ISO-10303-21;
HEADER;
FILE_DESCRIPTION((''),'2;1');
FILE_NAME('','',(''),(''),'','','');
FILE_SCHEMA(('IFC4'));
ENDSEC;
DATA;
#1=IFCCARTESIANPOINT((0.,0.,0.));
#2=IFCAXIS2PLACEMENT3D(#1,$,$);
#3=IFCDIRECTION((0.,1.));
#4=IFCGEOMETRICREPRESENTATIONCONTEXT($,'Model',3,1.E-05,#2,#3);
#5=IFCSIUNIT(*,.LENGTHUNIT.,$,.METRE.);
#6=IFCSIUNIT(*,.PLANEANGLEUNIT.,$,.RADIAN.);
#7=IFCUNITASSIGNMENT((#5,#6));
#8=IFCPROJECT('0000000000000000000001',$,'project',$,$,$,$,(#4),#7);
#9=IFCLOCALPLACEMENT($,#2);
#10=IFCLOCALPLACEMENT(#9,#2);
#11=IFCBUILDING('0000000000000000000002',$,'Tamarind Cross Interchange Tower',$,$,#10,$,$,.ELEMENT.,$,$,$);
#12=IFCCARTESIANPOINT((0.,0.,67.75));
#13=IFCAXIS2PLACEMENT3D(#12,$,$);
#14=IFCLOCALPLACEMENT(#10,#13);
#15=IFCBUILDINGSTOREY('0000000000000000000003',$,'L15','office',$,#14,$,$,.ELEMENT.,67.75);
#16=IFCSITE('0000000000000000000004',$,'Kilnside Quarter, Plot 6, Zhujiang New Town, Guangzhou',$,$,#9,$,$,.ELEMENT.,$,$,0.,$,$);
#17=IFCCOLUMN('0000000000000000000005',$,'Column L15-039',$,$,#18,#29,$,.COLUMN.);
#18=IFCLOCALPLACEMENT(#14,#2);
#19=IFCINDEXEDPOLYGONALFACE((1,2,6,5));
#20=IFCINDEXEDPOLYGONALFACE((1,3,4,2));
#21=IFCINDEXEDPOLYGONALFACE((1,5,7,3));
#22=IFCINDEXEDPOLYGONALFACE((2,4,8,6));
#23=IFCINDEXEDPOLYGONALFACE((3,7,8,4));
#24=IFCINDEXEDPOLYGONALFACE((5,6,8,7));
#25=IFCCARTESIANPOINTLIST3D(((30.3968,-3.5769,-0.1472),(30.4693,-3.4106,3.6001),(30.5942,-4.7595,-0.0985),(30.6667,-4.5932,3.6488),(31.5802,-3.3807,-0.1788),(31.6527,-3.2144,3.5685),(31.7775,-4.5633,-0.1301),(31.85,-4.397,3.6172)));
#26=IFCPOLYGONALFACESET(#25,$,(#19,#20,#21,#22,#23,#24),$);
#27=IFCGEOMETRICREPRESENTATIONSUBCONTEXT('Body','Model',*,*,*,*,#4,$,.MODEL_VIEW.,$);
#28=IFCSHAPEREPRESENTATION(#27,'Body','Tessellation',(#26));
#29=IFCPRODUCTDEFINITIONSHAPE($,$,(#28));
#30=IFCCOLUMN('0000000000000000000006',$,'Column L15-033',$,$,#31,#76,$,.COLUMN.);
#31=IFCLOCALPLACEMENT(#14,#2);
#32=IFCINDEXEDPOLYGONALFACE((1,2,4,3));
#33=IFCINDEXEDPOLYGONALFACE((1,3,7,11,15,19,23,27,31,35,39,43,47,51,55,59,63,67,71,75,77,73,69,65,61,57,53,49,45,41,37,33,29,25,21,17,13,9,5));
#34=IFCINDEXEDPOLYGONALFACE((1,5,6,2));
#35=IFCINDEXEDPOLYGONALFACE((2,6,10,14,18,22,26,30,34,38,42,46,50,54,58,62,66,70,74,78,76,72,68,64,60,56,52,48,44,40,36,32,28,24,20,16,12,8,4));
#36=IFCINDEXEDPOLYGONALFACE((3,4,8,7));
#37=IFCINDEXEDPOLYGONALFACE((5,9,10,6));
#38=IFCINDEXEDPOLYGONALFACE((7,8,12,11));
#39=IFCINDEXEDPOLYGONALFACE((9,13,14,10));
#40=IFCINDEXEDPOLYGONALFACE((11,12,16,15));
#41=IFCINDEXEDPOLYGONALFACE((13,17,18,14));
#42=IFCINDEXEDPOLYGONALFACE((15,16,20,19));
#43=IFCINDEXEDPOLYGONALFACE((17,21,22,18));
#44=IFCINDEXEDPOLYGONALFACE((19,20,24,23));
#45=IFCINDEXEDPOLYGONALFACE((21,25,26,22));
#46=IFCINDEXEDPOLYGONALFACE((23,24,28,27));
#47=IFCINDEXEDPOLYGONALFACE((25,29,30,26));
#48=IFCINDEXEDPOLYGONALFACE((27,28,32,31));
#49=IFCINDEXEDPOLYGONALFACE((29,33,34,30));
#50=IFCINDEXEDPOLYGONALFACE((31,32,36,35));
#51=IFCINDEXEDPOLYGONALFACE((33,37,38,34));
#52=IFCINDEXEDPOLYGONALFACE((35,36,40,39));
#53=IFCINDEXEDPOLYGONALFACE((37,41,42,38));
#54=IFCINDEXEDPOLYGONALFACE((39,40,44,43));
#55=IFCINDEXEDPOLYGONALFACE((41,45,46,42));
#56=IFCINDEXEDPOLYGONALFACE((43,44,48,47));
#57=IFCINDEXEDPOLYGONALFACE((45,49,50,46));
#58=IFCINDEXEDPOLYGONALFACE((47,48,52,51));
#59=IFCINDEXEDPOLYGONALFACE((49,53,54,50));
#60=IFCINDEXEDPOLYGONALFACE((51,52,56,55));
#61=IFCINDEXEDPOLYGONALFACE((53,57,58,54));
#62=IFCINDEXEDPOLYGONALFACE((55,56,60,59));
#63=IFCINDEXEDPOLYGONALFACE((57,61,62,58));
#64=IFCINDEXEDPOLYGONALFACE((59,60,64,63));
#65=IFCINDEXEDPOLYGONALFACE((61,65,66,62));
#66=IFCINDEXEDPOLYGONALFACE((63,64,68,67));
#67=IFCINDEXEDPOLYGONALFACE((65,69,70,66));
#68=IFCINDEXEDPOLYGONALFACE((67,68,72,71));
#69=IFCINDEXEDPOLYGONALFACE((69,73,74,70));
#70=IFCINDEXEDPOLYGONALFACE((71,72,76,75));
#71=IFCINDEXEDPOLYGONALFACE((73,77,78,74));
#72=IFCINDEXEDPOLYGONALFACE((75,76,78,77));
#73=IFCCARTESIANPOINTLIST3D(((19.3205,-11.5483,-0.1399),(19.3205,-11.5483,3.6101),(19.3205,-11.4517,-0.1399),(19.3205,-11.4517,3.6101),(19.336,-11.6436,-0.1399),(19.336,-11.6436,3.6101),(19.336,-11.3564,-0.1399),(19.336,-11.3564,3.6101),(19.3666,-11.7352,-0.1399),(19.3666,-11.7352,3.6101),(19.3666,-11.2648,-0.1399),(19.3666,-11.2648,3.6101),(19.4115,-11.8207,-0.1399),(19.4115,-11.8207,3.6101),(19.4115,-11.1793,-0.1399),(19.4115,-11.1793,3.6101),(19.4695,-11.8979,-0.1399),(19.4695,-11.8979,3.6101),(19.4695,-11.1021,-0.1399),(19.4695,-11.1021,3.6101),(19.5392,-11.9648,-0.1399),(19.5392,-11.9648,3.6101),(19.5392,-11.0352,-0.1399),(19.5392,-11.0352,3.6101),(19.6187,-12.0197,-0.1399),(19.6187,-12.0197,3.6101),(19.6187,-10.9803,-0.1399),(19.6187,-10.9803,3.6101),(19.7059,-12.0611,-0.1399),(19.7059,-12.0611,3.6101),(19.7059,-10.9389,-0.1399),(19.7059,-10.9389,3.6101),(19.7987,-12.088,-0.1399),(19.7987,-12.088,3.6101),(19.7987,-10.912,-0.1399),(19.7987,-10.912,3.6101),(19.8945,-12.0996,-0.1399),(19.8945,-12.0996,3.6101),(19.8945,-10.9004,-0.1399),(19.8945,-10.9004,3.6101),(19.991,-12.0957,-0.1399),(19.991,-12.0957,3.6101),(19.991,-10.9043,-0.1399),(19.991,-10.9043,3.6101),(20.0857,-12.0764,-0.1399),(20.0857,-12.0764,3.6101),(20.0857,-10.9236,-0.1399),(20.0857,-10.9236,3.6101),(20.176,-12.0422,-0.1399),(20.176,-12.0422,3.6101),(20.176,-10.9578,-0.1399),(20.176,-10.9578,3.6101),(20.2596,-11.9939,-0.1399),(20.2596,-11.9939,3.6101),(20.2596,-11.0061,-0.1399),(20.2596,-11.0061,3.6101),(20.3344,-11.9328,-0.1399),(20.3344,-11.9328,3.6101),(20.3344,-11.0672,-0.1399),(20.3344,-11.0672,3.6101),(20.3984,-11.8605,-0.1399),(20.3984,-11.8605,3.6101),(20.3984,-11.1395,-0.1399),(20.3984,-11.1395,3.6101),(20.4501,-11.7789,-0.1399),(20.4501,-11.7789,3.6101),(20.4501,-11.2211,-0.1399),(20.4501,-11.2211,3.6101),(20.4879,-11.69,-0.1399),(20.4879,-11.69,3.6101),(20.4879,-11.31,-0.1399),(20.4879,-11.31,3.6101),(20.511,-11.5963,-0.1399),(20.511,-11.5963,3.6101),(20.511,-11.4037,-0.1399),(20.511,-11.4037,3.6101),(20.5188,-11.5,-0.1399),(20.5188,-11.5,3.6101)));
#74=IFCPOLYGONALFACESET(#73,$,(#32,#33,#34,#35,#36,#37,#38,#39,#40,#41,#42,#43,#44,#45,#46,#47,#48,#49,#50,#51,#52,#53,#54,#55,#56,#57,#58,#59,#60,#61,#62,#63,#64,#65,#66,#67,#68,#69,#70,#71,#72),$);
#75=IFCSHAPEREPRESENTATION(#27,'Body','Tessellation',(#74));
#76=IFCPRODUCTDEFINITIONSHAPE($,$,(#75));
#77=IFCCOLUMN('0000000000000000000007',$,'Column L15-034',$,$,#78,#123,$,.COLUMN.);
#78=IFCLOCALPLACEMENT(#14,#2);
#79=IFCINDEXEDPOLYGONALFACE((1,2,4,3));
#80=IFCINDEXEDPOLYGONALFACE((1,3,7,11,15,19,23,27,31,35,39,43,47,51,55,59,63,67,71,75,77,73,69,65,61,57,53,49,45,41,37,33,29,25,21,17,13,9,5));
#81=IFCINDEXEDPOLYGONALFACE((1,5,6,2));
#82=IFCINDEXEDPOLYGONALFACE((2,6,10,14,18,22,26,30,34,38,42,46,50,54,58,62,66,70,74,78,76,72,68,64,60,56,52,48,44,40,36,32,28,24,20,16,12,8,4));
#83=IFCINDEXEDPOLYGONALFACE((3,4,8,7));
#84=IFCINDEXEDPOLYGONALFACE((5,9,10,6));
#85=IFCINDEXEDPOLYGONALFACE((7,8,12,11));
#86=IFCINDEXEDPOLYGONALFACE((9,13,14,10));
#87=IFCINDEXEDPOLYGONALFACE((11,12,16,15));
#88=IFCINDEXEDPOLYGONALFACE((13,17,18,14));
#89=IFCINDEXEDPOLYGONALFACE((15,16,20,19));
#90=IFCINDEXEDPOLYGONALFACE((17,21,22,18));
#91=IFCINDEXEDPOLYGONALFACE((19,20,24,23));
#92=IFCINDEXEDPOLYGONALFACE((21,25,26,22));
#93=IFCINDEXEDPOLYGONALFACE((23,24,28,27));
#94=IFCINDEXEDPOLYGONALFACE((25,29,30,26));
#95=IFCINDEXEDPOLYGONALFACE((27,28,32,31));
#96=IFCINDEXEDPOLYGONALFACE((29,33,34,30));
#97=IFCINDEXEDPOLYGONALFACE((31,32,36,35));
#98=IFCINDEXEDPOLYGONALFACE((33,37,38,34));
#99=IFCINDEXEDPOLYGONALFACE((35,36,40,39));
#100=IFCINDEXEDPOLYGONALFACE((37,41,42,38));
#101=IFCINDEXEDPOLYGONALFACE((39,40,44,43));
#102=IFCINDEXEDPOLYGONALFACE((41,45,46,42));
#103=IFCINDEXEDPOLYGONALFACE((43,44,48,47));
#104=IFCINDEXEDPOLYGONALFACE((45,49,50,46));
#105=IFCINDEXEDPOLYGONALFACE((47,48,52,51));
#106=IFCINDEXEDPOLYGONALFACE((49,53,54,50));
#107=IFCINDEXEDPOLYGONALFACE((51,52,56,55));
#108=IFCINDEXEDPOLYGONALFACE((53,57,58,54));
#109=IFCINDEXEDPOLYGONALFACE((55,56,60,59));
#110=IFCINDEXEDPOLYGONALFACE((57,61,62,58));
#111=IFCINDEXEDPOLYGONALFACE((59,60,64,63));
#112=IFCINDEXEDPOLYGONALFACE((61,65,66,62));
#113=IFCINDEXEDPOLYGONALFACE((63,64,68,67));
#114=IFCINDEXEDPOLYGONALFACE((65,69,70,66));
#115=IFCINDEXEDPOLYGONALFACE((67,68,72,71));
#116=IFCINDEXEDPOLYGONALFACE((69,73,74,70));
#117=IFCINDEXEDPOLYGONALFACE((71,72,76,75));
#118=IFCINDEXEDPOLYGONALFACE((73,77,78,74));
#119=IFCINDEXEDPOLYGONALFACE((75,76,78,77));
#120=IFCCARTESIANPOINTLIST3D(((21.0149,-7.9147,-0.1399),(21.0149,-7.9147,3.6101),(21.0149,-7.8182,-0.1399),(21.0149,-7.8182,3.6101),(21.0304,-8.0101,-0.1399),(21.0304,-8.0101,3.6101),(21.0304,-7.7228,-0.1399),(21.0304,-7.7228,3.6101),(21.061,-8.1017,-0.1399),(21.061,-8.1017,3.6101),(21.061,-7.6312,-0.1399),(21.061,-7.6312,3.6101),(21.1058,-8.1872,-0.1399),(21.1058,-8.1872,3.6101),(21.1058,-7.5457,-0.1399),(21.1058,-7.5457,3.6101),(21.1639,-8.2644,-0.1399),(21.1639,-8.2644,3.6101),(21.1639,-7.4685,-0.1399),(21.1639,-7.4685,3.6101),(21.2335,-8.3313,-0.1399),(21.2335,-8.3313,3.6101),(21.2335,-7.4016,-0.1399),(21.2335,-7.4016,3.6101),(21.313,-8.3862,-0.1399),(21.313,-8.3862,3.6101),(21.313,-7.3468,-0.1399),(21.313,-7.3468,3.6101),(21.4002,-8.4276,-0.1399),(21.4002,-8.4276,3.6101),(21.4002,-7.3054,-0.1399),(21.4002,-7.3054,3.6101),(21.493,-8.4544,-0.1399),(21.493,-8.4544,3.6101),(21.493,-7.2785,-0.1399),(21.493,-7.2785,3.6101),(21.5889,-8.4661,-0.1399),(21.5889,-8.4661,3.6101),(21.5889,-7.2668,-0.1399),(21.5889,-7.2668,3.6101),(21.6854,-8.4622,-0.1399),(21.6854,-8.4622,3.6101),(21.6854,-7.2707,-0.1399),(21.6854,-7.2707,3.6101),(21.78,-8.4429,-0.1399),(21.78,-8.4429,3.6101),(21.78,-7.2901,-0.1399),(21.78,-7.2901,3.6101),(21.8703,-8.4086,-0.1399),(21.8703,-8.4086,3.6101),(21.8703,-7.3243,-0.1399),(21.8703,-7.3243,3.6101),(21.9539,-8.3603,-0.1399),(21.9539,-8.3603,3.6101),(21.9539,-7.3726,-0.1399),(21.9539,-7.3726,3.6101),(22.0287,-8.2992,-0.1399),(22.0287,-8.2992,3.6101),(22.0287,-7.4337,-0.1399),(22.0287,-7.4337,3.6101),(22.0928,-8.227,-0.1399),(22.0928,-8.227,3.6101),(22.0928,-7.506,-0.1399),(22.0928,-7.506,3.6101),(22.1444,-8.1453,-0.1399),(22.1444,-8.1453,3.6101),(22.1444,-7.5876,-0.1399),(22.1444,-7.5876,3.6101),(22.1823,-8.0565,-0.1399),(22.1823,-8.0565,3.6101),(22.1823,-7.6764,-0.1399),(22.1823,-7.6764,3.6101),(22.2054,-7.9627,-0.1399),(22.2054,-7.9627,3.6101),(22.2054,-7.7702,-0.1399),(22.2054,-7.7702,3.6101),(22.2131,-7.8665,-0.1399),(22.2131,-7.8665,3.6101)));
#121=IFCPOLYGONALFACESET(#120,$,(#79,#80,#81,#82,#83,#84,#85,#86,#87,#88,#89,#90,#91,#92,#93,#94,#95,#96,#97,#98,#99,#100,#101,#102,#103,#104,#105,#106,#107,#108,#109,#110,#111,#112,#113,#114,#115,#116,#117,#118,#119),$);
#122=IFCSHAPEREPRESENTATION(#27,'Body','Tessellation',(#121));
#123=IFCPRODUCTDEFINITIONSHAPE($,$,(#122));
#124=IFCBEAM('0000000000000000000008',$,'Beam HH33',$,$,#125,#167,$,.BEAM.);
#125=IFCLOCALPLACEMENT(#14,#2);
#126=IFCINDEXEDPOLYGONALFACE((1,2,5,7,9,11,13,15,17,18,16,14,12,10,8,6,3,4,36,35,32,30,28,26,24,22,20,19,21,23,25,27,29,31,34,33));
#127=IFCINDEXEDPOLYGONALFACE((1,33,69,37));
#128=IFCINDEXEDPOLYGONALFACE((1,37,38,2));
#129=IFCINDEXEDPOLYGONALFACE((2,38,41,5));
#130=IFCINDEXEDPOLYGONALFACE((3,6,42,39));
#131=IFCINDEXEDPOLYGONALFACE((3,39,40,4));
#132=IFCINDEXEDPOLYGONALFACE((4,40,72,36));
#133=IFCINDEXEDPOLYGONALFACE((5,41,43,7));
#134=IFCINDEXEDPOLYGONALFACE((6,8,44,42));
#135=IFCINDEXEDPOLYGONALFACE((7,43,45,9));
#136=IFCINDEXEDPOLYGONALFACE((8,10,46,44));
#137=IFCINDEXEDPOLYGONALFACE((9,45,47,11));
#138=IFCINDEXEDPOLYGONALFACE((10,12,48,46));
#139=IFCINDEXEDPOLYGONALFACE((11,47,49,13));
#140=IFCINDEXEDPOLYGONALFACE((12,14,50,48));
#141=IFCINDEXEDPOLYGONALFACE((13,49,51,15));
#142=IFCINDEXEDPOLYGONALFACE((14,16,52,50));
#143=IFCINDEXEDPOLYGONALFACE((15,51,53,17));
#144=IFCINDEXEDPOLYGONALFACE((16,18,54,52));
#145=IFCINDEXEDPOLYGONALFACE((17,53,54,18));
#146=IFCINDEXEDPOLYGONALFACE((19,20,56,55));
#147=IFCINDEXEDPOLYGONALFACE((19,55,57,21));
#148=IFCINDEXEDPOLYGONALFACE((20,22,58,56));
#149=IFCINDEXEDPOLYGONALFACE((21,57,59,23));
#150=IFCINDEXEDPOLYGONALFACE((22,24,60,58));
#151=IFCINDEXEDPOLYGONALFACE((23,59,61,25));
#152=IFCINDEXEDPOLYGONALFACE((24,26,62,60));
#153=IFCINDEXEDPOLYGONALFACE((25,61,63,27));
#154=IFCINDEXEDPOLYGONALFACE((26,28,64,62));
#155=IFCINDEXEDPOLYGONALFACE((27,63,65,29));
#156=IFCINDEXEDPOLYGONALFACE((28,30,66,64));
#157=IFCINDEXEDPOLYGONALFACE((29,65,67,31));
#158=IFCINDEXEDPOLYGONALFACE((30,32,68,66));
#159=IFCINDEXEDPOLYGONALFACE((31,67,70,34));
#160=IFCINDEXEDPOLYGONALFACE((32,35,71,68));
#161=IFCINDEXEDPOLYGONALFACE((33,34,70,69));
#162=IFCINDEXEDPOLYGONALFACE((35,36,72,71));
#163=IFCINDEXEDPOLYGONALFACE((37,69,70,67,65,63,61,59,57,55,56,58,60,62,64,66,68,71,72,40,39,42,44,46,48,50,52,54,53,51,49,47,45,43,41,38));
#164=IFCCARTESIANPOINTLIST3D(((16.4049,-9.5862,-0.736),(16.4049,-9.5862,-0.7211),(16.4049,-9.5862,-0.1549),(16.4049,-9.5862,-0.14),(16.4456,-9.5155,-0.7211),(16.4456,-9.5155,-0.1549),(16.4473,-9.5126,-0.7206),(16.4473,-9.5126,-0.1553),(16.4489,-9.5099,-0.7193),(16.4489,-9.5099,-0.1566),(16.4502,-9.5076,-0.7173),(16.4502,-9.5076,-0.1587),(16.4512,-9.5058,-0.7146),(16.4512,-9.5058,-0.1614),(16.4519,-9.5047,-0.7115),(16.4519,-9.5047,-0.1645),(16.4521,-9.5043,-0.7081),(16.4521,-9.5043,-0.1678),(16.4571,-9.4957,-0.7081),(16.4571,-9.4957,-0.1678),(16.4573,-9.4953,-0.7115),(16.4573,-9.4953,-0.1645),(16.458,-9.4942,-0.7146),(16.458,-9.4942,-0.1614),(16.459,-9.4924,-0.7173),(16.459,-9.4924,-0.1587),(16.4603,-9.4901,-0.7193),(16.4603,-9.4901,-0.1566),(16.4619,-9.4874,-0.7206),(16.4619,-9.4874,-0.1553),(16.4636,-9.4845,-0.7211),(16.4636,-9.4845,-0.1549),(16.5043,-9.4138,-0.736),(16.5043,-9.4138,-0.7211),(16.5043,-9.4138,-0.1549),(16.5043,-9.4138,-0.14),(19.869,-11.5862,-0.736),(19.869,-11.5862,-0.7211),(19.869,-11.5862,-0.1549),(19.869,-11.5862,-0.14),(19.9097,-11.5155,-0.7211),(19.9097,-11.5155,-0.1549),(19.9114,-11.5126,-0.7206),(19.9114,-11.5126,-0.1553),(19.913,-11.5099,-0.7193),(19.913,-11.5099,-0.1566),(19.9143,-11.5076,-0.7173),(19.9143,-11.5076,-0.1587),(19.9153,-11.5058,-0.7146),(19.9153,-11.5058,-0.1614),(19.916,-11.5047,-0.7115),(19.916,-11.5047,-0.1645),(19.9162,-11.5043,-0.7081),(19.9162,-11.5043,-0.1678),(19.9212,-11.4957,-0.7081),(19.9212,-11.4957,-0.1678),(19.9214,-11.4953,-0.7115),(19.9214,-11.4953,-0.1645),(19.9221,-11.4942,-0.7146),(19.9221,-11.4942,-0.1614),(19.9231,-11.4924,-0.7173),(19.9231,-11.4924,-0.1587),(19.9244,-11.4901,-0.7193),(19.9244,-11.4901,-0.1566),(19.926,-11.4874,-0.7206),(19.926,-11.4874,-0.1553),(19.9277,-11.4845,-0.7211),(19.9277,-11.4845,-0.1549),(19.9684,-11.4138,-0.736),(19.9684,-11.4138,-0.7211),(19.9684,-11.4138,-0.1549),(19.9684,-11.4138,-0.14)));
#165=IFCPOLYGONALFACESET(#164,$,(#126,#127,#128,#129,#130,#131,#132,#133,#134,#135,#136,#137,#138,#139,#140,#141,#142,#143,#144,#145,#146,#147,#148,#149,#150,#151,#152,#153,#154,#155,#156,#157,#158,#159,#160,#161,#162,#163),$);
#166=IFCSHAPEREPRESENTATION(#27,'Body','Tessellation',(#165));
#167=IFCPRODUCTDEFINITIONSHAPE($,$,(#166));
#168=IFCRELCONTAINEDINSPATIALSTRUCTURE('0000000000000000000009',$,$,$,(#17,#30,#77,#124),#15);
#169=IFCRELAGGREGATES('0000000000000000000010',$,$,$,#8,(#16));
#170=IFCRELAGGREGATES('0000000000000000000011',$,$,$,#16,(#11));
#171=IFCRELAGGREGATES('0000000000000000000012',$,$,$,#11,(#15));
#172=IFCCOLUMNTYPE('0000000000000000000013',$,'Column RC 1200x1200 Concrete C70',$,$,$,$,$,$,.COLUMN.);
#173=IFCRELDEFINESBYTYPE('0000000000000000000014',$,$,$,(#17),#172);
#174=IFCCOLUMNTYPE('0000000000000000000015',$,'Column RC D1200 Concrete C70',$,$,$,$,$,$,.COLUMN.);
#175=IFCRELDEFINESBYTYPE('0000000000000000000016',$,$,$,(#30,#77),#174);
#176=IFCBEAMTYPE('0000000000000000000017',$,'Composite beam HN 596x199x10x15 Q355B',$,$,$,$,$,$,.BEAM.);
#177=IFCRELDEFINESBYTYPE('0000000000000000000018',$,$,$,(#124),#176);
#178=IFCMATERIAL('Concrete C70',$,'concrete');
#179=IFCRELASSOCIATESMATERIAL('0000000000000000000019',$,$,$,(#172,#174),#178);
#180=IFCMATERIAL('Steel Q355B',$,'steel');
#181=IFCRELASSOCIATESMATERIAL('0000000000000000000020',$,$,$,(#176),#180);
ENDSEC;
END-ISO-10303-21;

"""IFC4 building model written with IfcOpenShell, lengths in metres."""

from ifc_helpers import new_model, si_unit, direction, frame, origin, origin_2d, place, context, subcontext, project, spatial, rectangle, circle, i_section, extrude, material, material_profile, profile_set, type_object, element, save


model = new_model("IFC4")

# Units and contexts
model_context = context("Model", 3, precision=1e-05, world=origin(), true_north=direction((0.0, 1.0)))
body_context = subcontext(model_context, "Body", "Model", "MODEL_VIEW")
ifc_project = project(units=[si_unit("LENGTHUNIT", "METRE"), si_unit("PLANEANGLEUNIT", "RADIAN")], contexts=[model_context])

# Site, building, storey
site_placement = place(None, origin())
site = spatial("IfcSite", under=ifc_project, at=site_placement, Name="Kilnside Quarter, Plot 6, Zhujiang New Town, Guangzhou", CompositionType="ELEMENT", RefElevation=0.0)
building_placement = place(site_placement, origin())
building = spatial("IfcBuilding", under=site, at=building_placement, Name="Tamarind Cross Interchange Tower", CompositionType="ELEMENT")
storey_placement = place(building_placement, frame((0.0, 0.0, 67.75)))
storey = spatial("IfcBuildingStorey", under=building, at=storey_placement, Name="L15", Description="office", CompositionType="ELEMENT", Elevation=67.75)

# Columns
ifc_material_1 = material(Name="Concrete C70", Category="concrete")
ifc_material_profile_1 = material_profile(ifc_material_1, rectangle(XDim=1.2, YDim=1.2, at=origin_2d()), Name="RC 1200x1200")
ifc_profile_set_1 = profile_set([ifc_material_profile_1], Name="Concrete C70")
column_type_1 = type_object("IfcColumnType", Name="Column RC 1200x1200 Concrete C70", PredefinedType="COLUMN", material=ifc_profile_set_1)
column_placement = place(storey_placement, frame((31.0872, -4.0701, -0.1387), z_axis=(0.019327, 0.044316, 0.998831), x_axis=(-0.986189, -0.163516, 0.026337)))
element("IfcColumn", 1, at=column_placement, inside=storey, type_object=column_type_1, Name="Column L15-039", PredefinedType="COLUMN", context=body_context, shape_type="SweptSolid", body=[
    extrude(rectangle(XDim=1.2, YDim=1.2, at=origin_2d()), origin(), (0.0, 0.0, 1.0), 3.7517),
])
ifc_material_profile_2 = material_profile(ifc_material_1, circle(Radius=0.6001, at=origin_2d()), Name="RC D1200")
ifc_profile_set_2 = profile_set([ifc_material_profile_2], Name="Concrete C70")
column_type_2 = type_object("IfcColumnType", Name="Column RC D1200 Concrete C70", PredefinedType="COLUMN", material=ifc_profile_set_2)
for number, where, z_axis, x_axis, name in (
    (2, (19.9187, -11.5, -0.1399), (0.0, 0.0, 1.0), (1.0, 0.0, 0.0), "Column L15-033"),
    (3, (21.613, -7.8665, -0.1399), (0.0, 0.0, 1.0), (1.0, 0.0, 0.0), "Column L15-034"),
):
    element("IfcColumn", number, at=place(storey_placement, frame(where, z_axis=z_axis, x_axis=x_axis)), inside=storey, type_object=column_type_2, Name=name, PredefinedType="COLUMN", context=body_context, shape_type="SweptSolid", body=[
        extrude(circle(Radius=0.6001, at=origin_2d()), origin(), (0.0, 0.0, 1.0), 3.75),
    ])

# Beam
ifc_material_2 = material(Name="Steel Q355B", Category="steel")
ifc_material_profile_3 = material_profile(ifc_material_2, i_section(OverallWidth=0.199, OverallDepth=0.5959, WebThickness=0.01, FlangeThickness=0.0149, FilletRadius=0.0129, at=origin_2d()), Name="HN 596x199x10x15")
ifc_profile_set_3 = profile_set([ifc_material_profile_3], Name="Steel Q355B")
beam_type = type_object("IfcBeamType", Name="Composite beam HN 596x199x10x15 Q355B", PredefinedType="BEAM", material=ifc_profile_set_3)
beam_1_placement = place(storey_placement, frame((19.9187, -11.5, -0.438), z_axis=(-0.866026, 0.499999, 0.0), x_axis=(-0.499999, -0.866026, 0.0)))
element("IfcBeam", 4, at=beam_1_placement, inside=storey, type_object=beam_type, Name="Beam HH33", PredefinedType="BEAM", context=body_context, shape_type="SweptSolid", body=[
    extrude(i_section(OverallWidth=0.199, OverallDepth=0.5959, WebThickness=0.01, FlangeThickness=0.0149, FilletRadius=0.0129, at=origin_2d()), origin(), (0.0, 0.0, 1.0), 4.0),
])

save(model, "model.ifc")
